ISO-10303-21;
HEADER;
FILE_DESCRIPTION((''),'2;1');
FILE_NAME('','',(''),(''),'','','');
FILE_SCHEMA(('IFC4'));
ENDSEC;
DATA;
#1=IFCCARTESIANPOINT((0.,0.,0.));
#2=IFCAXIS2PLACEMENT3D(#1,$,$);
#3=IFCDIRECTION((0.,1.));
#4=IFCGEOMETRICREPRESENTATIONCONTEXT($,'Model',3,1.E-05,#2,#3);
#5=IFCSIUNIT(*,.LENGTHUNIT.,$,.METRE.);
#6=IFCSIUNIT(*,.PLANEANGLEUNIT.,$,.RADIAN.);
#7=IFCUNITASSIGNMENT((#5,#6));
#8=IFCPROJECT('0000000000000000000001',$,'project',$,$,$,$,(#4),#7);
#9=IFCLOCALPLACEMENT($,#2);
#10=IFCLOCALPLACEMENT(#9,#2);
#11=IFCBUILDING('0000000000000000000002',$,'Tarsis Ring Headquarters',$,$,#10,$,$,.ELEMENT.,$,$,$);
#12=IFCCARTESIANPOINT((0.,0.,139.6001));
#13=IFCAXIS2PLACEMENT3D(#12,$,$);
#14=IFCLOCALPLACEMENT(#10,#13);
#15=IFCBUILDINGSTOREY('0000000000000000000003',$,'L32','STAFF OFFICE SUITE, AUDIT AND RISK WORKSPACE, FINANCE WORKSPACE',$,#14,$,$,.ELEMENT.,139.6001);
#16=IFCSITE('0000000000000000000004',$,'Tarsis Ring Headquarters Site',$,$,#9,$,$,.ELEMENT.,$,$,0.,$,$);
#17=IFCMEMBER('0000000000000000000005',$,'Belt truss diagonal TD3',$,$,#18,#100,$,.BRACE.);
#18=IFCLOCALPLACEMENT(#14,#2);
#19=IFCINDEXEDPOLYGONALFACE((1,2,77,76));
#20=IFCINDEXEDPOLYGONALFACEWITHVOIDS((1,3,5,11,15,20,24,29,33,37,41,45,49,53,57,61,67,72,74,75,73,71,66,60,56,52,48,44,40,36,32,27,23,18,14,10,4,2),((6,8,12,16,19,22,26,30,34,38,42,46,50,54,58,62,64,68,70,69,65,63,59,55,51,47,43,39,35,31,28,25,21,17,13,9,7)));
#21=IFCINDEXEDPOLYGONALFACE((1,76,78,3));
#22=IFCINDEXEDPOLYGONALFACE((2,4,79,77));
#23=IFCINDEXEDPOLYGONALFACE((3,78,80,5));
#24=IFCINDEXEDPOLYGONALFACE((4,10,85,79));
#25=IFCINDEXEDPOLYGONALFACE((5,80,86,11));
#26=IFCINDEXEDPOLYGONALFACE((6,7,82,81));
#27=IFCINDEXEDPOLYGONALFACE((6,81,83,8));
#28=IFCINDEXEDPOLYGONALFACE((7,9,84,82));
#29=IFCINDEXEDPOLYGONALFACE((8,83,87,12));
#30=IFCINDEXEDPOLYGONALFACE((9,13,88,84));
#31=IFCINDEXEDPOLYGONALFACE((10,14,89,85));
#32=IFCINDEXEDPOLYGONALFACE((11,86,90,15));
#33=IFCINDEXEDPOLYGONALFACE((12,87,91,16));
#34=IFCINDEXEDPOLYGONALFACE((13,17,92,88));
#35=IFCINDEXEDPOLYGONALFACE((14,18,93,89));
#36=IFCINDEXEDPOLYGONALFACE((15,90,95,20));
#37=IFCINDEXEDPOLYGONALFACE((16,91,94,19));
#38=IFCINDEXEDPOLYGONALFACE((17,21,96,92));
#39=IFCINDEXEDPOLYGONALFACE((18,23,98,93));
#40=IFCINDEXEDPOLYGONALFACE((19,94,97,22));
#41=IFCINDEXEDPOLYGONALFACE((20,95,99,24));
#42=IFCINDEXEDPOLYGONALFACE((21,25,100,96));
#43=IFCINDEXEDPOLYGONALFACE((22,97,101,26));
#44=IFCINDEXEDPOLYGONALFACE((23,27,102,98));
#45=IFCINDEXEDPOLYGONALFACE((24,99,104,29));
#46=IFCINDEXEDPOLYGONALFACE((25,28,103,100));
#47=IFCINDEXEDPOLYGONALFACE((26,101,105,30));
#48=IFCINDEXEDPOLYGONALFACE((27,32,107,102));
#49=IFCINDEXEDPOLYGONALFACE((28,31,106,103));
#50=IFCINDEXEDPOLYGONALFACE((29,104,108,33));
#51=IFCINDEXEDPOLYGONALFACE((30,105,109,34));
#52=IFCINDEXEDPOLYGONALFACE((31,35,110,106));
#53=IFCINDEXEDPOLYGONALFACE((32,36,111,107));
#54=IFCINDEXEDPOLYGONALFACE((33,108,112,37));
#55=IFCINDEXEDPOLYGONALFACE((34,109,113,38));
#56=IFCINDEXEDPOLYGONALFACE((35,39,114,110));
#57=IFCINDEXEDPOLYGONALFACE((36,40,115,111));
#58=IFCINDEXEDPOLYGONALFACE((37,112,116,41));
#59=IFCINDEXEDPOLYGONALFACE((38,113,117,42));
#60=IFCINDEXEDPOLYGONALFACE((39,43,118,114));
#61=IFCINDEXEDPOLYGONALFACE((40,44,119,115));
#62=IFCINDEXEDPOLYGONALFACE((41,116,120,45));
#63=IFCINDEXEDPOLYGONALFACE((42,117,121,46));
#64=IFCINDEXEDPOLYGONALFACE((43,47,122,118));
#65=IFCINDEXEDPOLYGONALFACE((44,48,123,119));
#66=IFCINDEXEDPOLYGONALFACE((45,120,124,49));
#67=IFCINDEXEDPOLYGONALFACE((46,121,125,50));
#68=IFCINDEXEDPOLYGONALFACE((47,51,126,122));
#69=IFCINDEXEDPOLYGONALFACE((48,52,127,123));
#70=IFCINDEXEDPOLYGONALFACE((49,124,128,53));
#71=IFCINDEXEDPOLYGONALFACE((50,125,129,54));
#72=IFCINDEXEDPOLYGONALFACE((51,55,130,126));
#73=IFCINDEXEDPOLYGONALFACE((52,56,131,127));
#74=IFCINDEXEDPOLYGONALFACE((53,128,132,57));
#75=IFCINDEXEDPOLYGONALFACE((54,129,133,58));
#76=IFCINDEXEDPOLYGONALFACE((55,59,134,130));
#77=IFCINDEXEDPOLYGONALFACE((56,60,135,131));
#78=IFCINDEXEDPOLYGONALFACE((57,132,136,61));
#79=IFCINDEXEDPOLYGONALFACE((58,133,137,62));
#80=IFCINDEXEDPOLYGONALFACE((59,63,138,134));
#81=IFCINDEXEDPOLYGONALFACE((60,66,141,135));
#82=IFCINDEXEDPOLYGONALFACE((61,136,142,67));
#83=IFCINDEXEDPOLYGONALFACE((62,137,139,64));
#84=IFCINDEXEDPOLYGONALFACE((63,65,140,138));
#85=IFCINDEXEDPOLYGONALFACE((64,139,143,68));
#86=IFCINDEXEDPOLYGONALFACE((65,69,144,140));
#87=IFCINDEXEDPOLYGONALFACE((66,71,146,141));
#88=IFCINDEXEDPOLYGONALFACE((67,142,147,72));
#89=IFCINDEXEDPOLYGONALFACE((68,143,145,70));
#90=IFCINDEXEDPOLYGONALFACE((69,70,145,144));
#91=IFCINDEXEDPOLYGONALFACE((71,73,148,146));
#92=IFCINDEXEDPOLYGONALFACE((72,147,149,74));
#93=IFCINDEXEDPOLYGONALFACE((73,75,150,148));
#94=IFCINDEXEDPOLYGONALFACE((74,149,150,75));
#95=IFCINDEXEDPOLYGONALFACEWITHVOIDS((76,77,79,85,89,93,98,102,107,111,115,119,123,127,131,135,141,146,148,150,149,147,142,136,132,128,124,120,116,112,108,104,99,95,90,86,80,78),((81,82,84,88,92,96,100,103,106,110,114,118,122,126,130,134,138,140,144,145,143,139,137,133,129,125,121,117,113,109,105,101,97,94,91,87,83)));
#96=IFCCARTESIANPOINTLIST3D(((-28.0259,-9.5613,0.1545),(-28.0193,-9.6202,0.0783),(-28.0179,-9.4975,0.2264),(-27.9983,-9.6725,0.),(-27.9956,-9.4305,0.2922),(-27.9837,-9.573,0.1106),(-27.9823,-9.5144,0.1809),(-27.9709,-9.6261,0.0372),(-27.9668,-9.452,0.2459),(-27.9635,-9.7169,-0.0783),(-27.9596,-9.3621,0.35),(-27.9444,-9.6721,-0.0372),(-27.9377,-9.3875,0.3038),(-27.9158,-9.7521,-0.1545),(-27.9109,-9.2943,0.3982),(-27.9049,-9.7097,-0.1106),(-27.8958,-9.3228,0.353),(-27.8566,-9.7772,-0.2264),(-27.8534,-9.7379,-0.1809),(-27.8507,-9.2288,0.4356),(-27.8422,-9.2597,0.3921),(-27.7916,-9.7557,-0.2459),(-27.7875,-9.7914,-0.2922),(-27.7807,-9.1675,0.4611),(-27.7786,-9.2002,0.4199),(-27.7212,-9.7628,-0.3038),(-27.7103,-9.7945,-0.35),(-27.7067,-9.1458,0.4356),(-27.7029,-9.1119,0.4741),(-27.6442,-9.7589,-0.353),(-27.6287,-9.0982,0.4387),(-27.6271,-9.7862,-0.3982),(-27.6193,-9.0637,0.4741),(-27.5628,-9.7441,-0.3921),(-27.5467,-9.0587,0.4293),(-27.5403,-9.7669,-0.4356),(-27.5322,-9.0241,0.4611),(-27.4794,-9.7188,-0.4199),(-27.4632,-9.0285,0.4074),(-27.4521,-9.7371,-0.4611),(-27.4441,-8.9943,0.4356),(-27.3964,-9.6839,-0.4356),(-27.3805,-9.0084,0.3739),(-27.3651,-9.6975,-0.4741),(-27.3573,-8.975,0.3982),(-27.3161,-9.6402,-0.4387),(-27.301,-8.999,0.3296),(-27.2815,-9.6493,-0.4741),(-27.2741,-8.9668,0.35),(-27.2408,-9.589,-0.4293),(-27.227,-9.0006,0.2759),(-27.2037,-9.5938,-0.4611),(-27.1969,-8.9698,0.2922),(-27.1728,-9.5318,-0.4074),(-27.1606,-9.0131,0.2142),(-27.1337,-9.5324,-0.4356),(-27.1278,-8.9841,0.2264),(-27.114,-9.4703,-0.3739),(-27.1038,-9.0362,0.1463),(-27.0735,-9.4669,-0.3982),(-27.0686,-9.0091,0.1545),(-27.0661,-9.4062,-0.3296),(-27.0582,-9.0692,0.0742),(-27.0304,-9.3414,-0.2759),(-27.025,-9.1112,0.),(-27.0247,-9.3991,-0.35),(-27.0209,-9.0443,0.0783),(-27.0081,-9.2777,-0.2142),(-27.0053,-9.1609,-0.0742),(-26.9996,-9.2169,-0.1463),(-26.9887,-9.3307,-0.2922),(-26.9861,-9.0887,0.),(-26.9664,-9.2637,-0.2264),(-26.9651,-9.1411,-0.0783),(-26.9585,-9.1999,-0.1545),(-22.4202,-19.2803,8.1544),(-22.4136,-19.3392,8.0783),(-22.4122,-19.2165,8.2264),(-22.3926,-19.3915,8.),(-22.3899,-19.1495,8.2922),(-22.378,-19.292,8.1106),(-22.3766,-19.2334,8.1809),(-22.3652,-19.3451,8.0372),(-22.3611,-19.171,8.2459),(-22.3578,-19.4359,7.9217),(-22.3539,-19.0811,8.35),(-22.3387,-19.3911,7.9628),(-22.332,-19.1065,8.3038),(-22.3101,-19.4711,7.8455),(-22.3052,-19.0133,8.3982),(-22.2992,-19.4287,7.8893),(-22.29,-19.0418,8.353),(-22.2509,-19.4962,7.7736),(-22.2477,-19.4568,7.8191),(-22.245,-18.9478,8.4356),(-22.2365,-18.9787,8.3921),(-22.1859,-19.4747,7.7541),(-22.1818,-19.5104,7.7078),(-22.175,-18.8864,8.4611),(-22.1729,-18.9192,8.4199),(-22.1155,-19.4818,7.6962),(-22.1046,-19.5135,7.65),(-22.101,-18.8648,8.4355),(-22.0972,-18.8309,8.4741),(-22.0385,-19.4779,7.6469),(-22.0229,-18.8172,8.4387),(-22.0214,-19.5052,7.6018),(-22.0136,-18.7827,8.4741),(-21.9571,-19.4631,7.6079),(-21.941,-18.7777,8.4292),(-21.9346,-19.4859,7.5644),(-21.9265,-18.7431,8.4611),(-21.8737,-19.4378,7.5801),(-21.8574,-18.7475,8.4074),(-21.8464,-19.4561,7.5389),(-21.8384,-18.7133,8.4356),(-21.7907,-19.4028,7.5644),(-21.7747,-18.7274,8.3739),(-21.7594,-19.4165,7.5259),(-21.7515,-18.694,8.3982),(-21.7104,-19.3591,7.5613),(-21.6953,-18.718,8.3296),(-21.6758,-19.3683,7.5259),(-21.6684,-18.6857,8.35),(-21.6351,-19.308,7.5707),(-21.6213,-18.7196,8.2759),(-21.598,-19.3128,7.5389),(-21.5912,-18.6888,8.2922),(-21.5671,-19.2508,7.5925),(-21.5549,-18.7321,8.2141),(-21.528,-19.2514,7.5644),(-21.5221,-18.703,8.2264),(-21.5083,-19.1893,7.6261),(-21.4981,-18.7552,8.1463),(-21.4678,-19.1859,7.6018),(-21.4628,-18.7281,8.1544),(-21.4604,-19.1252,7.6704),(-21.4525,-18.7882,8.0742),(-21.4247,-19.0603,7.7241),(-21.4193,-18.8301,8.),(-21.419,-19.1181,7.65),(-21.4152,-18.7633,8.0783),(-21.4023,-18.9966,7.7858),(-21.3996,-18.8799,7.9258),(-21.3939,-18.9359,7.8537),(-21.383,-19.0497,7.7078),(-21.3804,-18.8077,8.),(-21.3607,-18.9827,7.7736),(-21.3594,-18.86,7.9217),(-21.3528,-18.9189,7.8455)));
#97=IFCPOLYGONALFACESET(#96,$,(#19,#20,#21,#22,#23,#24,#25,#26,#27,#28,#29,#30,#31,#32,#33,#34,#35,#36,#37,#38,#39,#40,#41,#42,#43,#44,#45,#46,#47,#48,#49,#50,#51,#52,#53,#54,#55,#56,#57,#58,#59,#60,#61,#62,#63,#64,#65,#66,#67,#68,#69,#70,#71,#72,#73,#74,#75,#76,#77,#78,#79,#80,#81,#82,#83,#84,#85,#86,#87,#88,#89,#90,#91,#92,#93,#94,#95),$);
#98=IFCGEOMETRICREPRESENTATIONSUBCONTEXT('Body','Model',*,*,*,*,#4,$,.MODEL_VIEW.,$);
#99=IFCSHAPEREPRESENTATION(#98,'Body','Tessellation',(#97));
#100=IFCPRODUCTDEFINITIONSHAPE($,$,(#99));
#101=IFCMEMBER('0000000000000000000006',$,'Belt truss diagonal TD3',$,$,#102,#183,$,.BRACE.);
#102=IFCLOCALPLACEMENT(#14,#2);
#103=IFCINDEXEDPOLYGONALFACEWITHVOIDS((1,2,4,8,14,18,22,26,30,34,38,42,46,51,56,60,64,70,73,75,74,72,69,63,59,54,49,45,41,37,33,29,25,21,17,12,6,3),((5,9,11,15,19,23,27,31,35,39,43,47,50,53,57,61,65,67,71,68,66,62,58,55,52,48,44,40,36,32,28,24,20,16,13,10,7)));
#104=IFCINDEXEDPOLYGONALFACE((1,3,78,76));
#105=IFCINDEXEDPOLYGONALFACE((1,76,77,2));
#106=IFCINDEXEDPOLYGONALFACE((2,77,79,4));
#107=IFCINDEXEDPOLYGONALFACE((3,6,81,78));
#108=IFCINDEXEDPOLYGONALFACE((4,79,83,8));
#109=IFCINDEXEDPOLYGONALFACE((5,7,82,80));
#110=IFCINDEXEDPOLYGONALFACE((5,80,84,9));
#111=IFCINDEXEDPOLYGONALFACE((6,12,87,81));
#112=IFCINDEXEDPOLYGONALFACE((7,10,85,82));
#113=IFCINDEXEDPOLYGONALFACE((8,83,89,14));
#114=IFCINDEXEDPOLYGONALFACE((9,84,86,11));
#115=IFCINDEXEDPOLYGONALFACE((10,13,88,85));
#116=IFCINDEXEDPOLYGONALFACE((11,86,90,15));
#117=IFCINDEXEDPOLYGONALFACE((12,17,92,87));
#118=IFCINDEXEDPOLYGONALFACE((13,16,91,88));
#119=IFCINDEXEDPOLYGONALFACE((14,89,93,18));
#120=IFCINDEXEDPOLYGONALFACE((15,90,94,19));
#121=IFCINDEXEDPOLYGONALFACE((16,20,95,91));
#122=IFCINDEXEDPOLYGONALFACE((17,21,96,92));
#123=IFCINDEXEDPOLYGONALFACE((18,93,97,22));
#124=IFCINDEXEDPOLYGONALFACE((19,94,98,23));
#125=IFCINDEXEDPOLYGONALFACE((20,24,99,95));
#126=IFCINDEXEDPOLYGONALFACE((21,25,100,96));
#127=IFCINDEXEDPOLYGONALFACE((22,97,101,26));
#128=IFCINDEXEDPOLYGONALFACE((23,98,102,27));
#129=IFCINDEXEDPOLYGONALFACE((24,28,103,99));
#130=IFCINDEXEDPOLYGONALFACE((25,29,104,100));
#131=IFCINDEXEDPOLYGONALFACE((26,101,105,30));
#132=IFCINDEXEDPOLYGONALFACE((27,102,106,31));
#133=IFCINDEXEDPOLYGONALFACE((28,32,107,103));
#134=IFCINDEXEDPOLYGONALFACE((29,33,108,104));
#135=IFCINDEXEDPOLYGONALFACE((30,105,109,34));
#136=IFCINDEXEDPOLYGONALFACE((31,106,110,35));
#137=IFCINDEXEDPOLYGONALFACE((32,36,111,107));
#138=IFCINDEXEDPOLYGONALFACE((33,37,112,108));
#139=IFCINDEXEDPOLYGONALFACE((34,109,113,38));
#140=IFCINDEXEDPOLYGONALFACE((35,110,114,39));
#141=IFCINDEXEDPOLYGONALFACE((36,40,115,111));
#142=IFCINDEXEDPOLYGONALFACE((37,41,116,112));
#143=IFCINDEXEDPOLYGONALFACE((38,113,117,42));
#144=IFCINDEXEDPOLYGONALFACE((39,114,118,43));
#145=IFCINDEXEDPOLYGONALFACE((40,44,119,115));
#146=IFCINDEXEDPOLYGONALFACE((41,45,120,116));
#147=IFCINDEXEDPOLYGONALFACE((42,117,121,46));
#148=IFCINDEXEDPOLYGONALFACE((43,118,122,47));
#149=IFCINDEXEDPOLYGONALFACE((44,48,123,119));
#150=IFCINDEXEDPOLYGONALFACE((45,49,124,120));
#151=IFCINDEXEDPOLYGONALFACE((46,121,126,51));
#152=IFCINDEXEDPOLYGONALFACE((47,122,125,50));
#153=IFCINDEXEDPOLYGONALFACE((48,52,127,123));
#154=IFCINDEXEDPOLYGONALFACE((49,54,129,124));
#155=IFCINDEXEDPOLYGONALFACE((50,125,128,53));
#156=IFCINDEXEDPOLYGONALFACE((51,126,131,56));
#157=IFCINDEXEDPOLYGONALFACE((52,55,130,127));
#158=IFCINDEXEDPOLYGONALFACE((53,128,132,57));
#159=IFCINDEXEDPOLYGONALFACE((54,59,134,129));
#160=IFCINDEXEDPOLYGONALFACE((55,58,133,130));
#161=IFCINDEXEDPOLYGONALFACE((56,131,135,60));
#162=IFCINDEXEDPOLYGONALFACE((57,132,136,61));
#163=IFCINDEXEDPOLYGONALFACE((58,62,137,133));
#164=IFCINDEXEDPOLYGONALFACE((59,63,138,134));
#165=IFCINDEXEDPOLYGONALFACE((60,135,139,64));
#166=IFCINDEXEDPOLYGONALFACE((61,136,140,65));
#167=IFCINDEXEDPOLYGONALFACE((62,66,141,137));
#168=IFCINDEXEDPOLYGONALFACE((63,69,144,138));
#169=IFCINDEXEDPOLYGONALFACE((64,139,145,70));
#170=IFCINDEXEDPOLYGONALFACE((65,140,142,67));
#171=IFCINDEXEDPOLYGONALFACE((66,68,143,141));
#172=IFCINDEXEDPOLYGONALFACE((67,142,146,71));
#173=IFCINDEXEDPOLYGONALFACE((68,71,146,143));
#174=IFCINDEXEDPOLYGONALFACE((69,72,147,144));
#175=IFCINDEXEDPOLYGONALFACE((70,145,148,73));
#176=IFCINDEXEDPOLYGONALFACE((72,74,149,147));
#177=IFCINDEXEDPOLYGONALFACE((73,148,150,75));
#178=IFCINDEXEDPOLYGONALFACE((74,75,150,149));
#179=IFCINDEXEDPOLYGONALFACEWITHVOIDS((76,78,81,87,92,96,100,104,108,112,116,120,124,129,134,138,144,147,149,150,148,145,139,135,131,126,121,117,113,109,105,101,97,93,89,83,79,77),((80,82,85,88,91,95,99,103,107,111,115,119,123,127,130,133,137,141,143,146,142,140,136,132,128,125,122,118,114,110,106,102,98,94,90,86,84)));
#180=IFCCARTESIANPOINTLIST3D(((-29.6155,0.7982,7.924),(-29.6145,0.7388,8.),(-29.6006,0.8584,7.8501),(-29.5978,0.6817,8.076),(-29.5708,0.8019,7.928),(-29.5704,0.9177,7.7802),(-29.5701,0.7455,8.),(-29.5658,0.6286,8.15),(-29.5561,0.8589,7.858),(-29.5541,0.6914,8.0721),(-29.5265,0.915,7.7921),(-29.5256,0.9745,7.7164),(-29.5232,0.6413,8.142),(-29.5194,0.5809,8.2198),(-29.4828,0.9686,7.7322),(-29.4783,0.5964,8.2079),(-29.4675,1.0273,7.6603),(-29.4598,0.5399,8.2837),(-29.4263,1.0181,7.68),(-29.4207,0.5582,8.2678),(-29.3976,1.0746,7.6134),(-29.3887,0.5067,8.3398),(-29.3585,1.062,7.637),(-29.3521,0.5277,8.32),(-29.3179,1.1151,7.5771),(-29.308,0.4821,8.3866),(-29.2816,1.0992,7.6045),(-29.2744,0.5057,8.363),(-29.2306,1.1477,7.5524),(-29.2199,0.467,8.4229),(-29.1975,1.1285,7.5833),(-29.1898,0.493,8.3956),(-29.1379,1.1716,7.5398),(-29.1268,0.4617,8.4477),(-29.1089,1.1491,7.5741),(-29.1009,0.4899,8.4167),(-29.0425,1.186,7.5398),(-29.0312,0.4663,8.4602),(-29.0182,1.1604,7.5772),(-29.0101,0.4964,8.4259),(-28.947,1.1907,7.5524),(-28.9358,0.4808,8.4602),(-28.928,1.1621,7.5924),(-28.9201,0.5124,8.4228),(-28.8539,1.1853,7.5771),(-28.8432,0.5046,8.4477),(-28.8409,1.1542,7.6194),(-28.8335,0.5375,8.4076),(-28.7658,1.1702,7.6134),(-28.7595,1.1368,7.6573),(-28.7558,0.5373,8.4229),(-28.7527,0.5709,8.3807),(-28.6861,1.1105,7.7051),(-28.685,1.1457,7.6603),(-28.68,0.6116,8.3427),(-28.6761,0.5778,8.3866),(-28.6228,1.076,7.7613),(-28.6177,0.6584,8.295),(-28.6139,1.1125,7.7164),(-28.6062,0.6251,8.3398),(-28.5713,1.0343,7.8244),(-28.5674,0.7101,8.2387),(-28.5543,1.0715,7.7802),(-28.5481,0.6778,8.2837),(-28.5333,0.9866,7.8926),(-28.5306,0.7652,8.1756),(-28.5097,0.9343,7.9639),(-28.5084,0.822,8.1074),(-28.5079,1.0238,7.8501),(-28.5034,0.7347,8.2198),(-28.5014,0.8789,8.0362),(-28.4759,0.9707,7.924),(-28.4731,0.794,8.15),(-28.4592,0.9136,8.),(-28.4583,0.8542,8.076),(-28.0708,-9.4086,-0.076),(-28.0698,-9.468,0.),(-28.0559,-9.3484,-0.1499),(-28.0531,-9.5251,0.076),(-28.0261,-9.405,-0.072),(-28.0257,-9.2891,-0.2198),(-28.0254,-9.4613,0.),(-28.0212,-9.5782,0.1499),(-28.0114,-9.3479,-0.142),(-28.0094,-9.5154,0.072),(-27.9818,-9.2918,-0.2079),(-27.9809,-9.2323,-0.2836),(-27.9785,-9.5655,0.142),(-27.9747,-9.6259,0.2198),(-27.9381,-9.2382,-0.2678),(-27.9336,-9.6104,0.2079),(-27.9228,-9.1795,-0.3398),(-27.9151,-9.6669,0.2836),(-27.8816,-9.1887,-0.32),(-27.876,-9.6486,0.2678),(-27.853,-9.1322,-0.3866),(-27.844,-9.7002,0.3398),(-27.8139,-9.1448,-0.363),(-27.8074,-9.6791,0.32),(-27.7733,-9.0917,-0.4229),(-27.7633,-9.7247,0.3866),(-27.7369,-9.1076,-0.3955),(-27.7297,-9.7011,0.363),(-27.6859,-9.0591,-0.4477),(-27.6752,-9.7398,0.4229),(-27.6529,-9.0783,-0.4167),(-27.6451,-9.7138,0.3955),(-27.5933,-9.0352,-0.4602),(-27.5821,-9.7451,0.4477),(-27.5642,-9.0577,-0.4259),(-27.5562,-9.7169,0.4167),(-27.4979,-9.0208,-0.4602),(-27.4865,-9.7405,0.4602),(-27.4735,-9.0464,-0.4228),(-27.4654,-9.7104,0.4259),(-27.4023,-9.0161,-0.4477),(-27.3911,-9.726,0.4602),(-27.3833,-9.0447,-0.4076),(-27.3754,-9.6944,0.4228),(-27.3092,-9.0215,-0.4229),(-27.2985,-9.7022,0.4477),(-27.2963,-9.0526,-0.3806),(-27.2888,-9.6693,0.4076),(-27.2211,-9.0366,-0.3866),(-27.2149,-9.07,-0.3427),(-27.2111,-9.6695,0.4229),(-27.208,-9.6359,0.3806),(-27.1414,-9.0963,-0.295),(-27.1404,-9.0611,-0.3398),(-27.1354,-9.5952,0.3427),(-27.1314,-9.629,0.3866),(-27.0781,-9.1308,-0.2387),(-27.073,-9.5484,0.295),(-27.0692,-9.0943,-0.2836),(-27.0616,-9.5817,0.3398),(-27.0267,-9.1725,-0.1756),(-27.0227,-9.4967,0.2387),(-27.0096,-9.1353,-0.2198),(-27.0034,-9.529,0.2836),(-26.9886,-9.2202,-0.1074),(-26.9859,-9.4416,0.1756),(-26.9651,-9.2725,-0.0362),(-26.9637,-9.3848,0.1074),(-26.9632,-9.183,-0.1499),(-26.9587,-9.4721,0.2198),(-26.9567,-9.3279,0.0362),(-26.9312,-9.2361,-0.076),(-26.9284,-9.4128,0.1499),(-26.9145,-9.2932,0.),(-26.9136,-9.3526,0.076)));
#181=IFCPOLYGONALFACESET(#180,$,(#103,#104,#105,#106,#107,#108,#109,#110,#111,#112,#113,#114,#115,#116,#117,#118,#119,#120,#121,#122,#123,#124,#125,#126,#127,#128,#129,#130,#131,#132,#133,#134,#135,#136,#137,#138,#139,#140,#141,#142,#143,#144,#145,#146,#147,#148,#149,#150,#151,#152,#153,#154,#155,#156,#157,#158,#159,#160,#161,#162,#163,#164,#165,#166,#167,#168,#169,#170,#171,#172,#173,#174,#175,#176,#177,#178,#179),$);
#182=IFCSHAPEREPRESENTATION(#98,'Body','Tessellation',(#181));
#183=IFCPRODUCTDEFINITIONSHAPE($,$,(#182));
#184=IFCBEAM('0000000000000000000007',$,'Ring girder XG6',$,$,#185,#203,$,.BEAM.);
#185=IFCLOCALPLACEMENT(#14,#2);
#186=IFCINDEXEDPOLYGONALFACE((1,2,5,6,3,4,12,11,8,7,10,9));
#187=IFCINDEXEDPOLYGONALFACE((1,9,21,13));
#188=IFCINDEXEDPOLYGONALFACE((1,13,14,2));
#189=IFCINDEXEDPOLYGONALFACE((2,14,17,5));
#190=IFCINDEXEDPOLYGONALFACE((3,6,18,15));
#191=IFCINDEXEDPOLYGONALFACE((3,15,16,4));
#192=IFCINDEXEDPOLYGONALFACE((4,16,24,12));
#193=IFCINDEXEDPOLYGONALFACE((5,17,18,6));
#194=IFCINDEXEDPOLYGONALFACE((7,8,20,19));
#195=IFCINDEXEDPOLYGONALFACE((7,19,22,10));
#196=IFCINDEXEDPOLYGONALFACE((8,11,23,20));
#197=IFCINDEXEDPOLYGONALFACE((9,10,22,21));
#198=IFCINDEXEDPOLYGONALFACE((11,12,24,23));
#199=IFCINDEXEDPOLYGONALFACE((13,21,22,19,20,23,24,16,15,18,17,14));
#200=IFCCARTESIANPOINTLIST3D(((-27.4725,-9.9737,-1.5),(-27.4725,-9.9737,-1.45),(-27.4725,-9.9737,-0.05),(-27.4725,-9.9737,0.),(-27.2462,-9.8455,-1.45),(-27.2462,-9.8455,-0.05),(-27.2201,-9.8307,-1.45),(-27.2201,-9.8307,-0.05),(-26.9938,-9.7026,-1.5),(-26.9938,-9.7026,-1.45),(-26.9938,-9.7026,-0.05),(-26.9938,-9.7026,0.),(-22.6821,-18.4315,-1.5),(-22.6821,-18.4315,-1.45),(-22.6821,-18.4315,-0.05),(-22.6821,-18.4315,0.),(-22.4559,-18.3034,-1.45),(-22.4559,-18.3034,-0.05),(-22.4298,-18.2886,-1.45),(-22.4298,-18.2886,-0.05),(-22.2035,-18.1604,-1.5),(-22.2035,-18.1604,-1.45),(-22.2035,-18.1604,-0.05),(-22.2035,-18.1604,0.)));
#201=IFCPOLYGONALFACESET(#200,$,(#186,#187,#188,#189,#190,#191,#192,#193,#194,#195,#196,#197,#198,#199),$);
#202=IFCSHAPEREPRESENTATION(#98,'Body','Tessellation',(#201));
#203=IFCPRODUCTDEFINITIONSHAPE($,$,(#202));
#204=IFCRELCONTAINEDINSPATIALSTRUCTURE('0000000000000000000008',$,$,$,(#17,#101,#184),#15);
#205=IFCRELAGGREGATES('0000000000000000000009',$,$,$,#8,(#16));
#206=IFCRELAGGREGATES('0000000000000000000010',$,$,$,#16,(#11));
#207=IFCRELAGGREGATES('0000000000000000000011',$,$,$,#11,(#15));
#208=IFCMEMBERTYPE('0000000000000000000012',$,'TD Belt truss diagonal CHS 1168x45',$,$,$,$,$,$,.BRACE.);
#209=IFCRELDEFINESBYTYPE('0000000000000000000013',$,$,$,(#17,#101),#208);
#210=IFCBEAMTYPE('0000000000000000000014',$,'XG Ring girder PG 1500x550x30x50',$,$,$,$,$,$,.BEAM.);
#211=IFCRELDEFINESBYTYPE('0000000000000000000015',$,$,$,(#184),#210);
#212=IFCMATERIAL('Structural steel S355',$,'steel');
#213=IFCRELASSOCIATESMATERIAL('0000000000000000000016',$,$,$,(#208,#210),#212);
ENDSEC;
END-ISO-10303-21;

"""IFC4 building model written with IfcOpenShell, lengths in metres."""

from ifc_helpers import new_model, si_unit, direction, frame, origin, origin_2d, place, context, subcontext, project, spatial, hollow_circle, i_section, extrude, material, material_profile, profile_set, type_object, element, save


model = new_model("IFC4")

# Units and contexts
model_context = context("Model", 3, precision=1e-05, world=origin(), true_north=direction((0.0, 1.0)))
body_context = subcontext(model_context, "Body", "Model", "MODEL_VIEW")
ifc_project = project(units=[si_unit("LENGTHUNIT", "METRE"), si_unit("PLANEANGLEUNIT", "RADIAN")], contexts=[model_context])

# Site, building, storey
site_placement = place(None, origin())
site = spatial("IfcSite", under=ifc_project, at=site_placement, Name="Tarsis Ring Headquarters Site", CompositionType="ELEMENT", RefElevation=0.0)
building_placement = place(site_placement, origin())
building = spatial("IfcBuilding", under=site, at=building_placement, Name="Tarsis Ring Headquarters", CompositionType="ELEMENT")
storey_placement = place(building_placement, frame((0.0, 0.0, 139.6001)))
storey = spatial("IfcBuildingStorey", under=building, at=storey_placement, Name="L32", Description="STAFF OFFICE SUITE, AUDIT AND RISK WORKSPACE, FINANCE WORKSPACE", CompositionType="ELEMENT", Elevation=139.6001)

# Shared definitions
ifc_material_1 = material(Name="Structural steel S355", Category="steel")
ifc_material_profile_1 = material_profile(ifc_material_1, hollow_circle(Radius=0.5842, WallThickness=0.0449, at=origin_2d()), Name="CHS 1168x45")
ifc_profile_set_1 = profile_set([ifc_material_profile_1], Name="Structural steel S355")

# Members
member_type_1 = type_object("IfcMemberType", Name="TD Belt truss diagonal CHS 1168x45", PredefinedType="BRACE", material=ifc_profile_set_1)
member_1_placement = place(storey_placement, frame((-27.4922, -9.3806, 0.0), z_axis=(0.406807, -0.705307, 0.58056), x_axis=(0.86624, 0.499629, 0.0)))
element("IfcMember", 1, at=member_1_placement, inside=storey, type_object=member_type_1, Name="Belt truss diagonal TD3", PredefinedType="BRACE", context=body_context, shape_type="SweptSolid", body=[
    extrude(hollow_circle(Radius=0.5842, WallThickness=0.0449, at=origin_2d()), origin(), (0.0, 0.0, 1.0), 13.7798),
])
member_2_placement = place(storey_placement, frame((-27.4922, -9.3806, 0.0), z_axis=(-0.118275, 0.781528, 0.612556), x_axis=(-0.988741, -0.149634, 0.0)))
element("IfcMember", 2, at=member_2_placement, inside=storey, type_object=member_type_1, Name="Belt truss diagonal TD3", PredefinedType="BRACE", context=body_context, shape_type="SweptSolid", body=[
    extrude(hollow_circle(Radius=0.5842, WallThickness=0.0449, at=origin_2d()), origin(), (0.0, 0.0, 1.0), 13.0601),
])

# Beam
ifc_material_profile_2 = material_profile(ifc_material_1, i_section(OverallWidth=0.55, OverallDepth=1.5, WebThickness=0.03, FlangeThickness=0.05, at=origin_2d()), Name="PG 1500x550x30x50")
ifc_profile_set_2 = profile_set([ifc_material_profile_2], Name="Structural steel S355")
beam_type_1 = type_object("IfcBeamType", Name="XG Ring girder PG 1500x550x30x50", PredefinedType="BEAM", material=ifc_profile_set_2)
beam_1_placement = place(storey_placement, frame((-27.2332, -9.8381, -0.75), z_axis=(0.492822, -0.87013, 0.0), x_axis=(0.87013, 0.492822, 0.0)))
element("IfcBeam", 3, at=beam_1_placement, inside=storey, type_object=beam_type_1, Name="Ring girder XG6", PredefinedType="BEAM", context=body_context, shape_type="SweptSolid", body=[
    extrude(i_section(OverallWidth=0.55, OverallDepth=1.5, WebThickness=0.03, FlangeThickness=0.05, at=origin_2d()), origin(), (0.0, 0.0, 1.0), 9.7202),
])

save(model, "model.ifc")
